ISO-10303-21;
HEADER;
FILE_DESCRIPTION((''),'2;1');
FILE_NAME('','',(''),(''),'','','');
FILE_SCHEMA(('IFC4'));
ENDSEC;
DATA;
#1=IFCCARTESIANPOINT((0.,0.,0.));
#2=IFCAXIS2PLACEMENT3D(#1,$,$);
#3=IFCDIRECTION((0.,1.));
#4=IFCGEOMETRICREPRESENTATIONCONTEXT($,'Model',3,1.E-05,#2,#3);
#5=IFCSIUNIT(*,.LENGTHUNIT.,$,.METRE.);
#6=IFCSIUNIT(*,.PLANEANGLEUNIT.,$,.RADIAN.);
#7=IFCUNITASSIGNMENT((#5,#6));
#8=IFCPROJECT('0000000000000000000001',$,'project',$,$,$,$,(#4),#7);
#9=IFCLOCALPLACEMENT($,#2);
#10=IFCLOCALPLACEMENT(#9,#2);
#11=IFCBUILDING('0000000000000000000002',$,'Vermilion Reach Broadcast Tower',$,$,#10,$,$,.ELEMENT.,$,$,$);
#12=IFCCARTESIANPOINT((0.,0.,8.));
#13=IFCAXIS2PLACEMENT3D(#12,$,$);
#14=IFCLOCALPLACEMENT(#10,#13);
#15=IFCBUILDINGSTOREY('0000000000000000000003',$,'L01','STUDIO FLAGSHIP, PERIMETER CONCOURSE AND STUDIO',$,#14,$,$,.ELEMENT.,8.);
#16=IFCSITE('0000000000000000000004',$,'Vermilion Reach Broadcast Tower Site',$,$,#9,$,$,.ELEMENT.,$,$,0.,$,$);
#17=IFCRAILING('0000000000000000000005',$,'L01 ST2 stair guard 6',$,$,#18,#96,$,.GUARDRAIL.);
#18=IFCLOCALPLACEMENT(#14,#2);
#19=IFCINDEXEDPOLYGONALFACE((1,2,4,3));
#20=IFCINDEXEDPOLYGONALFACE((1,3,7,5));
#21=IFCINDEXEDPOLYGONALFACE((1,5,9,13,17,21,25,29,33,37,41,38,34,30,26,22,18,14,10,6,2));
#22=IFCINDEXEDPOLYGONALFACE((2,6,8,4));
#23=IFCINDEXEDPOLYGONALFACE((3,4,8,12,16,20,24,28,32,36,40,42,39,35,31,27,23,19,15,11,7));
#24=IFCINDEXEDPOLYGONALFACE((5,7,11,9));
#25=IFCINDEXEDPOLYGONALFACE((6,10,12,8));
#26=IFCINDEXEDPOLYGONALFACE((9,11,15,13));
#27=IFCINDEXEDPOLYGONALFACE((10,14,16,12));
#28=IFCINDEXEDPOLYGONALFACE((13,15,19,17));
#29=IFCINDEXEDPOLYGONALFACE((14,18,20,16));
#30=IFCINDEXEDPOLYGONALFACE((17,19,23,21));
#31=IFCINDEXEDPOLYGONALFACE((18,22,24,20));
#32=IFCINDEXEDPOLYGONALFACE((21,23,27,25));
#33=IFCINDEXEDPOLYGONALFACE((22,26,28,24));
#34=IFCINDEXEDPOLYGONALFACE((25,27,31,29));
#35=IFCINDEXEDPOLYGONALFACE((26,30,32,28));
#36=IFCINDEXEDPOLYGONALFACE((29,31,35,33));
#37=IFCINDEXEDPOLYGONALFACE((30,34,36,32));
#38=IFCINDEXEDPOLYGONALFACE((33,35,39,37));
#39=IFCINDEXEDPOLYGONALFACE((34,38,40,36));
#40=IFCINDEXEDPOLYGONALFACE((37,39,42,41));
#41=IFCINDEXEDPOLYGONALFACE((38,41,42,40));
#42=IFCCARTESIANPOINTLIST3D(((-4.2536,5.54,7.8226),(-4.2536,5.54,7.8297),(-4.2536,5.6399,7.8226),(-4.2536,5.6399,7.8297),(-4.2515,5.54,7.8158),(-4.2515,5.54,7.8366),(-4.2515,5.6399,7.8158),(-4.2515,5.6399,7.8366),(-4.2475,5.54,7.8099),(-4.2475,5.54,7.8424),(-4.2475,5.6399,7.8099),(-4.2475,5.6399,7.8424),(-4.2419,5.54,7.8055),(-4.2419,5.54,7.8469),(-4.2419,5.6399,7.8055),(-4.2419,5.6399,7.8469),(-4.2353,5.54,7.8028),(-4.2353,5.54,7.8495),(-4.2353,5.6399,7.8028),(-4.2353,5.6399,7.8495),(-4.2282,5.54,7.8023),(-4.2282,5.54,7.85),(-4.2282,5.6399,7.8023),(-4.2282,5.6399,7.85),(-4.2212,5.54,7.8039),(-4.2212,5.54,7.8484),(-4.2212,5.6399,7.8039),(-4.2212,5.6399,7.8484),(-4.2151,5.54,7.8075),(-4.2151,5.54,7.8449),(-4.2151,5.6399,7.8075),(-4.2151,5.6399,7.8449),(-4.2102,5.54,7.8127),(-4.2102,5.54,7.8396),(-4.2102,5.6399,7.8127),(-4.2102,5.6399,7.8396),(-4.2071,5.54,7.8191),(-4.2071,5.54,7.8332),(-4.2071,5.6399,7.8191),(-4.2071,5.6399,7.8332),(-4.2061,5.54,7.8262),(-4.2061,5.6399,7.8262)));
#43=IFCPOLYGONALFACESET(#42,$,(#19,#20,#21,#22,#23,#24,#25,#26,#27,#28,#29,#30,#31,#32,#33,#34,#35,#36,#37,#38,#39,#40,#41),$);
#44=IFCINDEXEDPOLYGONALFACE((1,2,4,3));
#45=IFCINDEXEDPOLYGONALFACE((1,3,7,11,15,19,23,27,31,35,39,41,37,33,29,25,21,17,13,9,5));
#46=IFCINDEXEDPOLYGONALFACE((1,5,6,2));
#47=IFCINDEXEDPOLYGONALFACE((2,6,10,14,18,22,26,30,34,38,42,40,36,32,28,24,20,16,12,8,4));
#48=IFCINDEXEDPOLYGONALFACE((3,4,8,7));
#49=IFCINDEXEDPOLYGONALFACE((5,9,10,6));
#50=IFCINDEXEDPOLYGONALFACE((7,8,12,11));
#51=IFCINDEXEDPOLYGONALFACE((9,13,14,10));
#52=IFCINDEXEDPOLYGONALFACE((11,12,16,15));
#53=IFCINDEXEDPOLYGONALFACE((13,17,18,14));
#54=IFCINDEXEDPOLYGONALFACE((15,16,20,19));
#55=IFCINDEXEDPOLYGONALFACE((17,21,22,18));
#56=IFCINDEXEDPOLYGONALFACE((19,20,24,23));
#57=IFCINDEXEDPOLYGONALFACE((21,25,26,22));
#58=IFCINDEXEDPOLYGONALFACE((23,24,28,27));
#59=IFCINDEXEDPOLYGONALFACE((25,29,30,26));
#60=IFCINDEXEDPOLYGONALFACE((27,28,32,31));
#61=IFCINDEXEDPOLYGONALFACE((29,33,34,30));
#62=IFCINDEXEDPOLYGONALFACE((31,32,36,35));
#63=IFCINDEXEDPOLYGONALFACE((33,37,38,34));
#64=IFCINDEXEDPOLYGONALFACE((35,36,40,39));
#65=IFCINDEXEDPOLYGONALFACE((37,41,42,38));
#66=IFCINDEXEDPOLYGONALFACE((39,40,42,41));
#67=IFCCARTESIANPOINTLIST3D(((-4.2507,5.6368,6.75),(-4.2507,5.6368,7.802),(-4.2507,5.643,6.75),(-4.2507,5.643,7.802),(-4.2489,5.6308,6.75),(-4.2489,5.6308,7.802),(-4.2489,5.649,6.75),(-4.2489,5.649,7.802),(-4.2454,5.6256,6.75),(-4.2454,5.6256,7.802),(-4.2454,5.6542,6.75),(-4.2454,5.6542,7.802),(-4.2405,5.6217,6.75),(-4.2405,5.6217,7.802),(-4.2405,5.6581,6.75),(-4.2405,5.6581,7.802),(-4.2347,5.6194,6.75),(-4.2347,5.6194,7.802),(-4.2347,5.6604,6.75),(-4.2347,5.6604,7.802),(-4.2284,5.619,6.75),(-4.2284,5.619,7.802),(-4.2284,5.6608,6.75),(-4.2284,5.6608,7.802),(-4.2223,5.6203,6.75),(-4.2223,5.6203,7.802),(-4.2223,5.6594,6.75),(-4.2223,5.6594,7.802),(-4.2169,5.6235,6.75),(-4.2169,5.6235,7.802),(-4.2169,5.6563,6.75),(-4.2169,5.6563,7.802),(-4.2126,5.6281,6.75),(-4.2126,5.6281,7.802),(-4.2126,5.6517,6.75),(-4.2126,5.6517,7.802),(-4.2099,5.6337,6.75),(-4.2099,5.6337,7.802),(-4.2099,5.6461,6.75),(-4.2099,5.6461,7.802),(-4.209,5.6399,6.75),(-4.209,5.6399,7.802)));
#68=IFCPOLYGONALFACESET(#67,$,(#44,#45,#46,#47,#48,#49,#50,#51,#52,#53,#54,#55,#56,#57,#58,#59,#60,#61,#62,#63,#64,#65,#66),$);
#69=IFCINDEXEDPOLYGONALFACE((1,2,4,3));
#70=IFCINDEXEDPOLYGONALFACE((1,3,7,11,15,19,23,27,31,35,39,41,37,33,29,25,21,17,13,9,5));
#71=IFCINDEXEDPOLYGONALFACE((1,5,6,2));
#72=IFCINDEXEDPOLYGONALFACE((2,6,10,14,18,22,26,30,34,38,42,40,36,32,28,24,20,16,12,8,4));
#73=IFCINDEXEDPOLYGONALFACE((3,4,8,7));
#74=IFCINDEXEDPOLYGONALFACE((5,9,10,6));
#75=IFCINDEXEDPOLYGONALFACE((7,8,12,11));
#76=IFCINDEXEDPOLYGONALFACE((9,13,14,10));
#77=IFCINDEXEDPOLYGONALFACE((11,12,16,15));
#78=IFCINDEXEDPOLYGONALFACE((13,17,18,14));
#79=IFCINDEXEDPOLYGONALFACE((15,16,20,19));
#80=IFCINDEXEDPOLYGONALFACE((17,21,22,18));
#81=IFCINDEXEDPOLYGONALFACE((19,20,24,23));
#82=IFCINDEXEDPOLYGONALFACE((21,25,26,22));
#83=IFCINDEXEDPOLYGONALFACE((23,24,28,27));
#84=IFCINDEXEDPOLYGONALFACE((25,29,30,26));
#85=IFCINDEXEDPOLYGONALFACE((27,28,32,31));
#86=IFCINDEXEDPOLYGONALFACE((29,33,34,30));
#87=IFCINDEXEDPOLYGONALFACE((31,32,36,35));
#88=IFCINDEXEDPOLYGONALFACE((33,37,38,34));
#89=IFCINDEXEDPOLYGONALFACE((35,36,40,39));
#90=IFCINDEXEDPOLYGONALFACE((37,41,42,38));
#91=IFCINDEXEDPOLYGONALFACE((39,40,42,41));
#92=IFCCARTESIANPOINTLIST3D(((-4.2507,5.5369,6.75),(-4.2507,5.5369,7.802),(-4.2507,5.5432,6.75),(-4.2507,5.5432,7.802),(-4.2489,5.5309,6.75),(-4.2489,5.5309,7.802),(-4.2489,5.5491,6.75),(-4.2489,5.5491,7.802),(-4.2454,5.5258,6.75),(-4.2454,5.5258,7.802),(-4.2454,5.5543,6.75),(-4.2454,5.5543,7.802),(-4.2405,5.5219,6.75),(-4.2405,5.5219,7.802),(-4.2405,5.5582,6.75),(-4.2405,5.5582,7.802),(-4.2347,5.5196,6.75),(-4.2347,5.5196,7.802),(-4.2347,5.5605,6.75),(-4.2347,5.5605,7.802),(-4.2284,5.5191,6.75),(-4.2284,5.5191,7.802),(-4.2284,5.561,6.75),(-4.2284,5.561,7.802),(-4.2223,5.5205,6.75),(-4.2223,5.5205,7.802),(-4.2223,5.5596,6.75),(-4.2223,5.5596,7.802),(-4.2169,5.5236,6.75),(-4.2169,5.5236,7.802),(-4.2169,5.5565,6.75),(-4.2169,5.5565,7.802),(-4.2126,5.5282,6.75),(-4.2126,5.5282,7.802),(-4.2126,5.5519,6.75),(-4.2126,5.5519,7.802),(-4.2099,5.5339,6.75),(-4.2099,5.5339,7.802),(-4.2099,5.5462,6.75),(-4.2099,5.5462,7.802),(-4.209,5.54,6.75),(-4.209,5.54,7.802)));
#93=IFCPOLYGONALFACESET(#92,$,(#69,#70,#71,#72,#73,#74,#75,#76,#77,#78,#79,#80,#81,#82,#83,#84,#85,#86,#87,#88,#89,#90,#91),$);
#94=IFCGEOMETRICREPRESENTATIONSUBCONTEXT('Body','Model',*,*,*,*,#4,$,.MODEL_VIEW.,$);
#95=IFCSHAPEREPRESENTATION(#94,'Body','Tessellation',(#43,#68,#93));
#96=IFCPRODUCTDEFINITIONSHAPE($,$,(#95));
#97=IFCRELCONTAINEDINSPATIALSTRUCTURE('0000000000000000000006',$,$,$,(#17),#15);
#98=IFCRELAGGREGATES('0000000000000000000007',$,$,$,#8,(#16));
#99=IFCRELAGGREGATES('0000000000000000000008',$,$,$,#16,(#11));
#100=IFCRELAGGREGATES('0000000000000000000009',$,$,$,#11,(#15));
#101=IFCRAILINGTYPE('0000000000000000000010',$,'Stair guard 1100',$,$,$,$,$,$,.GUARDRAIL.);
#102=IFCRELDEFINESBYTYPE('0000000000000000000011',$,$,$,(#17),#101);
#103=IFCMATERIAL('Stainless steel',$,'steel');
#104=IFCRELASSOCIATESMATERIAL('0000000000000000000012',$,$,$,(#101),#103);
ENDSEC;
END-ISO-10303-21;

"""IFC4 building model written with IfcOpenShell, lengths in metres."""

from ifc_helpers import new_model, si_unit, direction, frame, origin, origin_2d, place, context, subcontext, project, spatial, circle, extrude, material, type_object, element, save


model = new_model("IFC4")

# Units and contexts
model_context = context("Model", 3, precision=1e-05, world=origin(), true_north=direction((0.0, 1.0)))
body_context = subcontext(model_context, "Body", "Model", "MODEL_VIEW")
ifc_project = project(units=[si_unit("LENGTHUNIT", "METRE"), si_unit("PLANEANGLEUNIT", "RADIAN")], contexts=[model_context])

# Site, building, storey
site_placement = place(None, origin())
site = spatial("IfcSite", under=ifc_project, at=site_placement, Name="Vermilion Reach Broadcast Tower Site", CompositionType="ELEMENT", RefElevation=0.0)
building_placement = place(site_placement, origin())
building = spatial("IfcBuilding", under=site, at=building_placement, Name="Vermilion Reach Broadcast Tower", CompositionType="ELEMENT")
storey_placement = place(building_placement, frame((0.0, 0.0, 8.0)))
storey = spatial("IfcBuildingStorey", under=building, at=storey_placement, Name="L01", Description="STUDIO FLAGSHIP, PERIMETER CONCOURSE AND STUDIO", CompositionType="ELEMENT", Elevation=8.0)

# Railing
ifc_material_1 = material(Name="Stainless steel", Category="steel")
railing_type_1 = type_object("IfcRailingType", Name="Stair guard 1100", PredefinedType="GUARDRAIL", material=ifc_material_1)
railing_1_placement = place(storey_placement, frame((-4.23, 5.6399, 6.75)))
element("IfcRailing", 1, at=railing_1_placement, inside=storey, type_object=railing_type_1, Name="L01 ST2 stair guard 6", PredefinedType="GUARDRAIL", context=body_context, shape_type="SweptSolid", body=[
    extrude(circle(Radius=0.0239, at=origin_2d()), frame((0.0, 0.0, 1.0762), z_axis=(0.0, -1.0, 0.0), x_axis=(1.0, 0.0, 0.0)), (0.0, 0.0, 1.0), 0.0999),
    extrude(circle(Radius=0.021, at=origin_2d()), origin(), (0.0, 0.0, 1.0), 1.052),
    extrude(circle(Radius=0.021, at=origin_2d()), frame((0.0, -0.0999, 0.0)), (0.0, 0.0, 1.0), 1.052),
])

save(model, "model.ifc")
